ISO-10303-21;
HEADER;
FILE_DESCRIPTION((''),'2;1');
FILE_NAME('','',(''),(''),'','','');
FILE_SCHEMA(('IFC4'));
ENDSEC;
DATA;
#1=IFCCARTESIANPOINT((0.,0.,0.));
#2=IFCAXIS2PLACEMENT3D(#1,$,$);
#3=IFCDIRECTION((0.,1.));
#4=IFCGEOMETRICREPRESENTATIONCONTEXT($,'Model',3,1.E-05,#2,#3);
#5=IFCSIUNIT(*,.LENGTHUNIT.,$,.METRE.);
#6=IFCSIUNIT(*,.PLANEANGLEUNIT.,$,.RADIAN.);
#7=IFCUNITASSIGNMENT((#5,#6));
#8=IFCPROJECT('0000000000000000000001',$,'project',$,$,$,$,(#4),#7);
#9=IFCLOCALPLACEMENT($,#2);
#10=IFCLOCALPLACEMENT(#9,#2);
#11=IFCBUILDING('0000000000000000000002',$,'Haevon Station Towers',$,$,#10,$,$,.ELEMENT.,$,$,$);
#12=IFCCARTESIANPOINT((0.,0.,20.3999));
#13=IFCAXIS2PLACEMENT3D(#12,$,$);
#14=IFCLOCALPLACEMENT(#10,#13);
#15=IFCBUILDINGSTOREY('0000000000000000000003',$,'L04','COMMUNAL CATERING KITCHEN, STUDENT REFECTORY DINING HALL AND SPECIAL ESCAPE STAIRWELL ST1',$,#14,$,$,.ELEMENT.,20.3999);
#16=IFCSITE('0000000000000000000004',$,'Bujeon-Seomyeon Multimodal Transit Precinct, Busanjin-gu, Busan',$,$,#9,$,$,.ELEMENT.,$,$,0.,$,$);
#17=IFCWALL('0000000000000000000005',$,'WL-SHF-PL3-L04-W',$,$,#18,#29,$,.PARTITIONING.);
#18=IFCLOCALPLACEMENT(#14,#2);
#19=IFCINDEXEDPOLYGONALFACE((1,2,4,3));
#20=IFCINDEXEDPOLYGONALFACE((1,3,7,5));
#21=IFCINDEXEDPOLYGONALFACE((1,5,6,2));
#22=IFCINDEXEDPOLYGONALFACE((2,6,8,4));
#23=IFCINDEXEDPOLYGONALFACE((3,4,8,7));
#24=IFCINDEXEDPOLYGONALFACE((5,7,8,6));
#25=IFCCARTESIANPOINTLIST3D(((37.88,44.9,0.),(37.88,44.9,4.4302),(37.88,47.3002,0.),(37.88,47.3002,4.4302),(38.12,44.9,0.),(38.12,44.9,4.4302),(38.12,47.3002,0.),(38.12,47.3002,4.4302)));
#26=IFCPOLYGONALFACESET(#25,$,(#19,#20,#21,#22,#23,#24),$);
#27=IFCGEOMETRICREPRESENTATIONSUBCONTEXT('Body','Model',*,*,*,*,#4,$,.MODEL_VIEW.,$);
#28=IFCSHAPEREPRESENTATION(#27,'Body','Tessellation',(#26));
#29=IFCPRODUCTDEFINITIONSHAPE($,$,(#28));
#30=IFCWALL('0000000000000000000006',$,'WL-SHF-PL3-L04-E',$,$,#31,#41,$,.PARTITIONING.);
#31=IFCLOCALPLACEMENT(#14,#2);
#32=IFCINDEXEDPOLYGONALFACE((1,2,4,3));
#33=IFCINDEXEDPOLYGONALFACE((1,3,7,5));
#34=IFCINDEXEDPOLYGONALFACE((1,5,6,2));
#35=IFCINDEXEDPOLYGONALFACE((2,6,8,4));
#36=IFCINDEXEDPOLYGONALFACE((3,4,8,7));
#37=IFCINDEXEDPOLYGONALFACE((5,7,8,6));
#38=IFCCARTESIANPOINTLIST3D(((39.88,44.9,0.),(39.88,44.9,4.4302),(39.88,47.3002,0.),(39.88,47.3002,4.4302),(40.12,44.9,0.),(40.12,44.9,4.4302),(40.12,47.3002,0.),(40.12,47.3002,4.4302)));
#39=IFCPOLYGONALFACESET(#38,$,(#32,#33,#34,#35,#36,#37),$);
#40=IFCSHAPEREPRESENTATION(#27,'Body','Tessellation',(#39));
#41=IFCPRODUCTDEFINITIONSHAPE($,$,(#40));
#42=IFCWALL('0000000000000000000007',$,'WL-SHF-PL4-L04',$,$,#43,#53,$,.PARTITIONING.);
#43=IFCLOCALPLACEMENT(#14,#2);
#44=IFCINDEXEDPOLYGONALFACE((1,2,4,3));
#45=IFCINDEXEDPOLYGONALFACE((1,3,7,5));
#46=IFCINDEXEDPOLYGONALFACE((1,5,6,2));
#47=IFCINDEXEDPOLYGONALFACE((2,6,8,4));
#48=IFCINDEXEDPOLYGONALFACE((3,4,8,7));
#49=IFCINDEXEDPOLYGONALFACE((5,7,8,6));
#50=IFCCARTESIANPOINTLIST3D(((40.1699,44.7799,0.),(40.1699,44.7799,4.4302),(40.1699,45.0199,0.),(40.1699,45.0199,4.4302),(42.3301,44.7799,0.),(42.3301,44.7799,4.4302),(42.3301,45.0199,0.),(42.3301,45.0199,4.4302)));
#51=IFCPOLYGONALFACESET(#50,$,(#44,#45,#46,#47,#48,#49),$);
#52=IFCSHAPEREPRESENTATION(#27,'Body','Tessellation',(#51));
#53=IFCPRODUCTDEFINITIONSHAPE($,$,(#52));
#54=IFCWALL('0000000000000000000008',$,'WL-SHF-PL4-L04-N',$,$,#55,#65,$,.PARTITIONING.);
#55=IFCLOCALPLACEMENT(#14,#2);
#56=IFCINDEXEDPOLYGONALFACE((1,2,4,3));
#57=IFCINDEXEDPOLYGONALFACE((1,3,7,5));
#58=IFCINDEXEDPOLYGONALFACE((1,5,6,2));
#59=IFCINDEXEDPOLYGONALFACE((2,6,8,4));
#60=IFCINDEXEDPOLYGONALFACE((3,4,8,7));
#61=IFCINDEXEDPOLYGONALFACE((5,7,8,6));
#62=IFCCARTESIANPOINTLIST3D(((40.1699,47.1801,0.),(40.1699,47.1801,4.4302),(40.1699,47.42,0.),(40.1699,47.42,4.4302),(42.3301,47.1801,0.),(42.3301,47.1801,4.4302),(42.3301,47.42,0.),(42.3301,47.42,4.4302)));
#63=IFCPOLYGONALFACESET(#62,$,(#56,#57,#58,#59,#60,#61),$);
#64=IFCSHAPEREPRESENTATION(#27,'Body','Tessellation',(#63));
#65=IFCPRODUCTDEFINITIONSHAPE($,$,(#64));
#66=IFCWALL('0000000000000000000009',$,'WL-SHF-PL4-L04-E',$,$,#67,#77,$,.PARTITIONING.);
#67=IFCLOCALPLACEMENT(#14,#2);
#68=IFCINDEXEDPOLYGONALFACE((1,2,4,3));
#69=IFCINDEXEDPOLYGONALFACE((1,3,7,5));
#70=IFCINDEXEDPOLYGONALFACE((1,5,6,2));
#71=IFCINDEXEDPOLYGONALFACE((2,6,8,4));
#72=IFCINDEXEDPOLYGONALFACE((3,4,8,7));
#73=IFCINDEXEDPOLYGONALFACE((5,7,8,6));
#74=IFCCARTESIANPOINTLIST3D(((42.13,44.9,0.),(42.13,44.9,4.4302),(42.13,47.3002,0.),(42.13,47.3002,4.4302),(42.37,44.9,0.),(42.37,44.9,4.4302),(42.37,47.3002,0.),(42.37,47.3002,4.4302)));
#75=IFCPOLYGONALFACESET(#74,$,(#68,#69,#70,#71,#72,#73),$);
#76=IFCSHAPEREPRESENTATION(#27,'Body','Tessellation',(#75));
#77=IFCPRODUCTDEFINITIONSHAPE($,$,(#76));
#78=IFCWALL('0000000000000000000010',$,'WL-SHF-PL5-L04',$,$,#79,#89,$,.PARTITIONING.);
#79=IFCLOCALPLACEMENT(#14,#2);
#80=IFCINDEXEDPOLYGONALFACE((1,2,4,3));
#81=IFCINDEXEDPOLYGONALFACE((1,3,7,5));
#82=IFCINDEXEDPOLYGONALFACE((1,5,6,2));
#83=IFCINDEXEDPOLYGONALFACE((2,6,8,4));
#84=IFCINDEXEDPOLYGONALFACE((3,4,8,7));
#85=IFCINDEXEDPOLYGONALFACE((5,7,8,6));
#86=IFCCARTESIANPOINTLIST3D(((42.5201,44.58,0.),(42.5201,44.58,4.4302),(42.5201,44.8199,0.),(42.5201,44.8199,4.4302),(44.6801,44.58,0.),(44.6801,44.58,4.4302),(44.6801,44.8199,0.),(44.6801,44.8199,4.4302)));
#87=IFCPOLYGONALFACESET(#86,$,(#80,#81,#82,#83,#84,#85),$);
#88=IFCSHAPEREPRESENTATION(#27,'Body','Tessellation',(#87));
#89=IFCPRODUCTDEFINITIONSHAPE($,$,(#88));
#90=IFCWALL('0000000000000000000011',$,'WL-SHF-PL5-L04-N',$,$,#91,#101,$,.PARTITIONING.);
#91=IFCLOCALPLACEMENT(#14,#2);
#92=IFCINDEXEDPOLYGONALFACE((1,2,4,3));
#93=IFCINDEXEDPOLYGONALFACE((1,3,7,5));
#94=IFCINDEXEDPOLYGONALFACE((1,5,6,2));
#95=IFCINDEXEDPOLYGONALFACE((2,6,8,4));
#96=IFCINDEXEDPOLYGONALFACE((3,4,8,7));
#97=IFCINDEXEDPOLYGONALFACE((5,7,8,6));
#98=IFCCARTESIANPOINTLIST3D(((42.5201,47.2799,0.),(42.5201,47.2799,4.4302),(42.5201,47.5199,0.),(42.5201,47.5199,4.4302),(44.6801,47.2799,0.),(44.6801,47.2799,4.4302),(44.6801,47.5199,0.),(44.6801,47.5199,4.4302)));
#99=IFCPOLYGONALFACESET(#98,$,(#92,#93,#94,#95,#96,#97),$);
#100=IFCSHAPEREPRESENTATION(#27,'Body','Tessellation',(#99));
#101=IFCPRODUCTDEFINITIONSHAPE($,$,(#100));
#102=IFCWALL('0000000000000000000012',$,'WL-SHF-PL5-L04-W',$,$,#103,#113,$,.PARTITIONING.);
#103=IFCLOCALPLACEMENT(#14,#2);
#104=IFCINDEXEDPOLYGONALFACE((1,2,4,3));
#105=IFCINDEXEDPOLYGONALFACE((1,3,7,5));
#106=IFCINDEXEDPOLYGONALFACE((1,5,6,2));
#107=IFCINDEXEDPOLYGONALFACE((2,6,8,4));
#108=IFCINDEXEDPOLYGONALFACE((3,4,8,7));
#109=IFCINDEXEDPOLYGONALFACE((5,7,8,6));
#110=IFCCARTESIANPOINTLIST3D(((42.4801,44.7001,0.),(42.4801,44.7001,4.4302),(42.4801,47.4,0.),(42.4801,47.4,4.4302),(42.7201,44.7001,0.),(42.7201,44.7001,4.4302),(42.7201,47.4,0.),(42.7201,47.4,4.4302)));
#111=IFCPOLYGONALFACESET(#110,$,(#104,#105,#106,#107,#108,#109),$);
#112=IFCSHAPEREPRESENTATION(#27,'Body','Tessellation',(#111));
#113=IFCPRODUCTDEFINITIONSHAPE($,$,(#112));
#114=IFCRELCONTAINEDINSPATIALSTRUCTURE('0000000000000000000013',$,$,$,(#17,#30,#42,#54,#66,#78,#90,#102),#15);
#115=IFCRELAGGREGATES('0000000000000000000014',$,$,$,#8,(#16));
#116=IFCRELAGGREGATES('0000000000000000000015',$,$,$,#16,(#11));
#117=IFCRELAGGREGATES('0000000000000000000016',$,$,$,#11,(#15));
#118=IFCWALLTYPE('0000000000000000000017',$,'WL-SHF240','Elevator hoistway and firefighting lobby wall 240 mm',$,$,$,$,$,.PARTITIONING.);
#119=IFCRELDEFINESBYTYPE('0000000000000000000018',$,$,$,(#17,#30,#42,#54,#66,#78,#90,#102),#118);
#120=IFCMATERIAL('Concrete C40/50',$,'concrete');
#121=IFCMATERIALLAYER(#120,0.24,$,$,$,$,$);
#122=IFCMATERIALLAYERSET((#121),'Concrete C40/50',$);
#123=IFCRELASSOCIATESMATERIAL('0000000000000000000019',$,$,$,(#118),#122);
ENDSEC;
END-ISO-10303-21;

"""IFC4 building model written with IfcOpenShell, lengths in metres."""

from ifc_helpers import new_model, si_unit, direction, frame, frame_2d, origin, place, context, subcontext, project, spatial, rectangle, extrude, material, layer, layer_set, type_object, element, save


model = new_model("IFC4")

# Units and contexts
model_context = context("Model", 3, precision=1e-05, world=origin(), true_north=direction((0.0, 1.0)))
body_context = subcontext(model_context, "Body", "Model", "MODEL_VIEW")
ifc_project = project(units=[si_unit("LENGTHUNIT", "METRE"), si_unit("PLANEANGLEUNIT", "RADIAN")], contexts=[model_context])

# Site, building, storey
site_placement = place(None, origin())
site = spatial("IfcSite", under=ifc_project, at=site_placement, Name="Bujeon-Seomyeon Multimodal Transit Precinct, Busanjin-gu, Busan", CompositionType="ELEMENT", RefElevation=0.0)
building_placement = place(site_placement, origin())
building = spatial("IfcBuilding", under=site, at=building_placement, Name="Haevon Station Towers", CompositionType="ELEMENT")
storey_placement = place(building_placement, frame((0.0, 0.0, 20.3999)))
storey = spatial("IfcBuildingStorey", under=building, at=storey_placement, Name="L04", Description="COMMUNAL CATERING KITCHEN, STUDENT REFECTORY DINING HALL AND SPECIAL ESCAPE STAIRWELL ST1", CompositionType="ELEMENT", Elevation=20.3999)

# Walls
ifc_material_1 = material(Name="Concrete C40/50", Category="concrete")
ifc_layer_1 = layer(ifc_material_1, 0.24)
ifc_layer_set_1 = layer_set([ifc_layer_1], Name="Concrete C40/50")
wall_type_1 = type_object("IfcWallType", Name="WL-SHF240", Description="Elevator hoistway and firefighting lobby wall 240 mm", PredefinedType="PARTITIONING", material=ifc_layer_set_1)
for number, where, z_axis, x_axis, name in (
    (1, (38.0, 44.8999, 0.0), (0.0, 0.0, 1.0), (0.0, 1.0, 0.0), "WL-SHF-PL3-L04-W"),
    (2, (40.0, 44.8999, 0.0), (0.0, 0.0, 1.0), (0.0, 1.0, 0.0), "WL-SHF-PL3-L04-E"),
):
    element("IfcWall", number, at=place(storey_placement, frame(where, z_axis=z_axis, x_axis=x_axis)), inside=storey, type_object=wall_type_1, Name=name, PredefinedType="PARTITIONING", context=body_context, shape_type="SweptSolid", body=[
        extrude(rectangle(XDim=2.4001, YDim=0.24, at=frame_2d((1.2002, 0.0))), origin(), (0.0, 0.0, 1.0), 4.4302),
    ])
for number, where, z_axis, x_axis, name in (
    (3, (40.1699, 44.8999, 0.0), (0.0, 0.0, 1.0), (1.0, 0.0, 0.0), "WL-SHF-PL4-L04"),
    (4, (40.1699, 47.3, 0.0), (0.0, 0.0, 1.0), (1.0, 0.0, 0.0), "WL-SHF-PL4-L04-N"),
):
    element("IfcWall", number, at=place(storey_placement, frame(where, z_axis=z_axis, x_axis=x_axis)), inside=storey, type_object=wall_type_1, Name=name, PredefinedType="PARTITIONING", context=body_context, shape_type="SweptSolid", body=[
        extrude(rectangle(XDim=2.1602, YDim=0.24, at=frame_2d((1.0801, 0.0))), origin(), (0.0, 0.0, 1.0), 4.4302),
    ])
wall_1_placement = place(storey_placement, frame((42.25, 44.8999, 0.0), z_axis=(0.0, 0.0, 1.0), x_axis=(0.0, 1.0, 0.0)))
element("IfcWall", 5, at=wall_1_placement, inside=storey, type_object=wall_type_1, Name="WL-SHF-PL4-L04-E", PredefinedType="PARTITIONING", context=body_context, shape_type="SweptSolid", body=[
    extrude(rectangle(XDim=2.4001, YDim=0.24, at=frame_2d((1.2002, 0.0))), origin(), (0.0, 0.0, 1.0), 4.4302),
])
for number, where, z_axis, x_axis, name in (
    (6, (42.52, 44.7, 0.0), (0.0, 0.0, 1.0), (1.0, 0.0, 0.0), "WL-SHF-PL5-L04"),
    (7, (42.52, 47.3999, 0.0), (0.0, 0.0, 1.0), (1.0, 0.0, 0.0), "WL-SHF-PL5-L04-N"),
):
    element("IfcWall", number, at=place(storey_placement, frame(where, z_axis=z_axis, x_axis=x_axis)), inside=storey, type_object=wall_type_1, Name=name, PredefinedType="PARTITIONING", context=body_context, shape_type="SweptSolid", body=[
        extrude(rectangle(XDim=2.1599, YDim=0.24, at=frame_2d((1.0801, 0.0))), origin(), (0.0, 0.0, 1.0), 4.4302),
    ])
wall_2_placement = place(storey_placement, frame((42.6001, 44.7, 0.0), z_axis=(0.0, 0.0, 1.0), x_axis=(0.0, 1.0, 0.0)))
element("IfcWall", 8, at=wall_2_placement, inside=storey, type_object=wall_type_1, Name="WL-SHF-PL5-L04-W", PredefinedType="PARTITIONING", context=body_context, shape_type="SweptSolid", body=[
    extrude(rectangle(XDim=2.7, YDim=0.24, at=frame_2d((1.3501, 0.0))), origin(), (0.0, 0.0, 1.0), 4.4302),
])

save(model, "model.ifc")
